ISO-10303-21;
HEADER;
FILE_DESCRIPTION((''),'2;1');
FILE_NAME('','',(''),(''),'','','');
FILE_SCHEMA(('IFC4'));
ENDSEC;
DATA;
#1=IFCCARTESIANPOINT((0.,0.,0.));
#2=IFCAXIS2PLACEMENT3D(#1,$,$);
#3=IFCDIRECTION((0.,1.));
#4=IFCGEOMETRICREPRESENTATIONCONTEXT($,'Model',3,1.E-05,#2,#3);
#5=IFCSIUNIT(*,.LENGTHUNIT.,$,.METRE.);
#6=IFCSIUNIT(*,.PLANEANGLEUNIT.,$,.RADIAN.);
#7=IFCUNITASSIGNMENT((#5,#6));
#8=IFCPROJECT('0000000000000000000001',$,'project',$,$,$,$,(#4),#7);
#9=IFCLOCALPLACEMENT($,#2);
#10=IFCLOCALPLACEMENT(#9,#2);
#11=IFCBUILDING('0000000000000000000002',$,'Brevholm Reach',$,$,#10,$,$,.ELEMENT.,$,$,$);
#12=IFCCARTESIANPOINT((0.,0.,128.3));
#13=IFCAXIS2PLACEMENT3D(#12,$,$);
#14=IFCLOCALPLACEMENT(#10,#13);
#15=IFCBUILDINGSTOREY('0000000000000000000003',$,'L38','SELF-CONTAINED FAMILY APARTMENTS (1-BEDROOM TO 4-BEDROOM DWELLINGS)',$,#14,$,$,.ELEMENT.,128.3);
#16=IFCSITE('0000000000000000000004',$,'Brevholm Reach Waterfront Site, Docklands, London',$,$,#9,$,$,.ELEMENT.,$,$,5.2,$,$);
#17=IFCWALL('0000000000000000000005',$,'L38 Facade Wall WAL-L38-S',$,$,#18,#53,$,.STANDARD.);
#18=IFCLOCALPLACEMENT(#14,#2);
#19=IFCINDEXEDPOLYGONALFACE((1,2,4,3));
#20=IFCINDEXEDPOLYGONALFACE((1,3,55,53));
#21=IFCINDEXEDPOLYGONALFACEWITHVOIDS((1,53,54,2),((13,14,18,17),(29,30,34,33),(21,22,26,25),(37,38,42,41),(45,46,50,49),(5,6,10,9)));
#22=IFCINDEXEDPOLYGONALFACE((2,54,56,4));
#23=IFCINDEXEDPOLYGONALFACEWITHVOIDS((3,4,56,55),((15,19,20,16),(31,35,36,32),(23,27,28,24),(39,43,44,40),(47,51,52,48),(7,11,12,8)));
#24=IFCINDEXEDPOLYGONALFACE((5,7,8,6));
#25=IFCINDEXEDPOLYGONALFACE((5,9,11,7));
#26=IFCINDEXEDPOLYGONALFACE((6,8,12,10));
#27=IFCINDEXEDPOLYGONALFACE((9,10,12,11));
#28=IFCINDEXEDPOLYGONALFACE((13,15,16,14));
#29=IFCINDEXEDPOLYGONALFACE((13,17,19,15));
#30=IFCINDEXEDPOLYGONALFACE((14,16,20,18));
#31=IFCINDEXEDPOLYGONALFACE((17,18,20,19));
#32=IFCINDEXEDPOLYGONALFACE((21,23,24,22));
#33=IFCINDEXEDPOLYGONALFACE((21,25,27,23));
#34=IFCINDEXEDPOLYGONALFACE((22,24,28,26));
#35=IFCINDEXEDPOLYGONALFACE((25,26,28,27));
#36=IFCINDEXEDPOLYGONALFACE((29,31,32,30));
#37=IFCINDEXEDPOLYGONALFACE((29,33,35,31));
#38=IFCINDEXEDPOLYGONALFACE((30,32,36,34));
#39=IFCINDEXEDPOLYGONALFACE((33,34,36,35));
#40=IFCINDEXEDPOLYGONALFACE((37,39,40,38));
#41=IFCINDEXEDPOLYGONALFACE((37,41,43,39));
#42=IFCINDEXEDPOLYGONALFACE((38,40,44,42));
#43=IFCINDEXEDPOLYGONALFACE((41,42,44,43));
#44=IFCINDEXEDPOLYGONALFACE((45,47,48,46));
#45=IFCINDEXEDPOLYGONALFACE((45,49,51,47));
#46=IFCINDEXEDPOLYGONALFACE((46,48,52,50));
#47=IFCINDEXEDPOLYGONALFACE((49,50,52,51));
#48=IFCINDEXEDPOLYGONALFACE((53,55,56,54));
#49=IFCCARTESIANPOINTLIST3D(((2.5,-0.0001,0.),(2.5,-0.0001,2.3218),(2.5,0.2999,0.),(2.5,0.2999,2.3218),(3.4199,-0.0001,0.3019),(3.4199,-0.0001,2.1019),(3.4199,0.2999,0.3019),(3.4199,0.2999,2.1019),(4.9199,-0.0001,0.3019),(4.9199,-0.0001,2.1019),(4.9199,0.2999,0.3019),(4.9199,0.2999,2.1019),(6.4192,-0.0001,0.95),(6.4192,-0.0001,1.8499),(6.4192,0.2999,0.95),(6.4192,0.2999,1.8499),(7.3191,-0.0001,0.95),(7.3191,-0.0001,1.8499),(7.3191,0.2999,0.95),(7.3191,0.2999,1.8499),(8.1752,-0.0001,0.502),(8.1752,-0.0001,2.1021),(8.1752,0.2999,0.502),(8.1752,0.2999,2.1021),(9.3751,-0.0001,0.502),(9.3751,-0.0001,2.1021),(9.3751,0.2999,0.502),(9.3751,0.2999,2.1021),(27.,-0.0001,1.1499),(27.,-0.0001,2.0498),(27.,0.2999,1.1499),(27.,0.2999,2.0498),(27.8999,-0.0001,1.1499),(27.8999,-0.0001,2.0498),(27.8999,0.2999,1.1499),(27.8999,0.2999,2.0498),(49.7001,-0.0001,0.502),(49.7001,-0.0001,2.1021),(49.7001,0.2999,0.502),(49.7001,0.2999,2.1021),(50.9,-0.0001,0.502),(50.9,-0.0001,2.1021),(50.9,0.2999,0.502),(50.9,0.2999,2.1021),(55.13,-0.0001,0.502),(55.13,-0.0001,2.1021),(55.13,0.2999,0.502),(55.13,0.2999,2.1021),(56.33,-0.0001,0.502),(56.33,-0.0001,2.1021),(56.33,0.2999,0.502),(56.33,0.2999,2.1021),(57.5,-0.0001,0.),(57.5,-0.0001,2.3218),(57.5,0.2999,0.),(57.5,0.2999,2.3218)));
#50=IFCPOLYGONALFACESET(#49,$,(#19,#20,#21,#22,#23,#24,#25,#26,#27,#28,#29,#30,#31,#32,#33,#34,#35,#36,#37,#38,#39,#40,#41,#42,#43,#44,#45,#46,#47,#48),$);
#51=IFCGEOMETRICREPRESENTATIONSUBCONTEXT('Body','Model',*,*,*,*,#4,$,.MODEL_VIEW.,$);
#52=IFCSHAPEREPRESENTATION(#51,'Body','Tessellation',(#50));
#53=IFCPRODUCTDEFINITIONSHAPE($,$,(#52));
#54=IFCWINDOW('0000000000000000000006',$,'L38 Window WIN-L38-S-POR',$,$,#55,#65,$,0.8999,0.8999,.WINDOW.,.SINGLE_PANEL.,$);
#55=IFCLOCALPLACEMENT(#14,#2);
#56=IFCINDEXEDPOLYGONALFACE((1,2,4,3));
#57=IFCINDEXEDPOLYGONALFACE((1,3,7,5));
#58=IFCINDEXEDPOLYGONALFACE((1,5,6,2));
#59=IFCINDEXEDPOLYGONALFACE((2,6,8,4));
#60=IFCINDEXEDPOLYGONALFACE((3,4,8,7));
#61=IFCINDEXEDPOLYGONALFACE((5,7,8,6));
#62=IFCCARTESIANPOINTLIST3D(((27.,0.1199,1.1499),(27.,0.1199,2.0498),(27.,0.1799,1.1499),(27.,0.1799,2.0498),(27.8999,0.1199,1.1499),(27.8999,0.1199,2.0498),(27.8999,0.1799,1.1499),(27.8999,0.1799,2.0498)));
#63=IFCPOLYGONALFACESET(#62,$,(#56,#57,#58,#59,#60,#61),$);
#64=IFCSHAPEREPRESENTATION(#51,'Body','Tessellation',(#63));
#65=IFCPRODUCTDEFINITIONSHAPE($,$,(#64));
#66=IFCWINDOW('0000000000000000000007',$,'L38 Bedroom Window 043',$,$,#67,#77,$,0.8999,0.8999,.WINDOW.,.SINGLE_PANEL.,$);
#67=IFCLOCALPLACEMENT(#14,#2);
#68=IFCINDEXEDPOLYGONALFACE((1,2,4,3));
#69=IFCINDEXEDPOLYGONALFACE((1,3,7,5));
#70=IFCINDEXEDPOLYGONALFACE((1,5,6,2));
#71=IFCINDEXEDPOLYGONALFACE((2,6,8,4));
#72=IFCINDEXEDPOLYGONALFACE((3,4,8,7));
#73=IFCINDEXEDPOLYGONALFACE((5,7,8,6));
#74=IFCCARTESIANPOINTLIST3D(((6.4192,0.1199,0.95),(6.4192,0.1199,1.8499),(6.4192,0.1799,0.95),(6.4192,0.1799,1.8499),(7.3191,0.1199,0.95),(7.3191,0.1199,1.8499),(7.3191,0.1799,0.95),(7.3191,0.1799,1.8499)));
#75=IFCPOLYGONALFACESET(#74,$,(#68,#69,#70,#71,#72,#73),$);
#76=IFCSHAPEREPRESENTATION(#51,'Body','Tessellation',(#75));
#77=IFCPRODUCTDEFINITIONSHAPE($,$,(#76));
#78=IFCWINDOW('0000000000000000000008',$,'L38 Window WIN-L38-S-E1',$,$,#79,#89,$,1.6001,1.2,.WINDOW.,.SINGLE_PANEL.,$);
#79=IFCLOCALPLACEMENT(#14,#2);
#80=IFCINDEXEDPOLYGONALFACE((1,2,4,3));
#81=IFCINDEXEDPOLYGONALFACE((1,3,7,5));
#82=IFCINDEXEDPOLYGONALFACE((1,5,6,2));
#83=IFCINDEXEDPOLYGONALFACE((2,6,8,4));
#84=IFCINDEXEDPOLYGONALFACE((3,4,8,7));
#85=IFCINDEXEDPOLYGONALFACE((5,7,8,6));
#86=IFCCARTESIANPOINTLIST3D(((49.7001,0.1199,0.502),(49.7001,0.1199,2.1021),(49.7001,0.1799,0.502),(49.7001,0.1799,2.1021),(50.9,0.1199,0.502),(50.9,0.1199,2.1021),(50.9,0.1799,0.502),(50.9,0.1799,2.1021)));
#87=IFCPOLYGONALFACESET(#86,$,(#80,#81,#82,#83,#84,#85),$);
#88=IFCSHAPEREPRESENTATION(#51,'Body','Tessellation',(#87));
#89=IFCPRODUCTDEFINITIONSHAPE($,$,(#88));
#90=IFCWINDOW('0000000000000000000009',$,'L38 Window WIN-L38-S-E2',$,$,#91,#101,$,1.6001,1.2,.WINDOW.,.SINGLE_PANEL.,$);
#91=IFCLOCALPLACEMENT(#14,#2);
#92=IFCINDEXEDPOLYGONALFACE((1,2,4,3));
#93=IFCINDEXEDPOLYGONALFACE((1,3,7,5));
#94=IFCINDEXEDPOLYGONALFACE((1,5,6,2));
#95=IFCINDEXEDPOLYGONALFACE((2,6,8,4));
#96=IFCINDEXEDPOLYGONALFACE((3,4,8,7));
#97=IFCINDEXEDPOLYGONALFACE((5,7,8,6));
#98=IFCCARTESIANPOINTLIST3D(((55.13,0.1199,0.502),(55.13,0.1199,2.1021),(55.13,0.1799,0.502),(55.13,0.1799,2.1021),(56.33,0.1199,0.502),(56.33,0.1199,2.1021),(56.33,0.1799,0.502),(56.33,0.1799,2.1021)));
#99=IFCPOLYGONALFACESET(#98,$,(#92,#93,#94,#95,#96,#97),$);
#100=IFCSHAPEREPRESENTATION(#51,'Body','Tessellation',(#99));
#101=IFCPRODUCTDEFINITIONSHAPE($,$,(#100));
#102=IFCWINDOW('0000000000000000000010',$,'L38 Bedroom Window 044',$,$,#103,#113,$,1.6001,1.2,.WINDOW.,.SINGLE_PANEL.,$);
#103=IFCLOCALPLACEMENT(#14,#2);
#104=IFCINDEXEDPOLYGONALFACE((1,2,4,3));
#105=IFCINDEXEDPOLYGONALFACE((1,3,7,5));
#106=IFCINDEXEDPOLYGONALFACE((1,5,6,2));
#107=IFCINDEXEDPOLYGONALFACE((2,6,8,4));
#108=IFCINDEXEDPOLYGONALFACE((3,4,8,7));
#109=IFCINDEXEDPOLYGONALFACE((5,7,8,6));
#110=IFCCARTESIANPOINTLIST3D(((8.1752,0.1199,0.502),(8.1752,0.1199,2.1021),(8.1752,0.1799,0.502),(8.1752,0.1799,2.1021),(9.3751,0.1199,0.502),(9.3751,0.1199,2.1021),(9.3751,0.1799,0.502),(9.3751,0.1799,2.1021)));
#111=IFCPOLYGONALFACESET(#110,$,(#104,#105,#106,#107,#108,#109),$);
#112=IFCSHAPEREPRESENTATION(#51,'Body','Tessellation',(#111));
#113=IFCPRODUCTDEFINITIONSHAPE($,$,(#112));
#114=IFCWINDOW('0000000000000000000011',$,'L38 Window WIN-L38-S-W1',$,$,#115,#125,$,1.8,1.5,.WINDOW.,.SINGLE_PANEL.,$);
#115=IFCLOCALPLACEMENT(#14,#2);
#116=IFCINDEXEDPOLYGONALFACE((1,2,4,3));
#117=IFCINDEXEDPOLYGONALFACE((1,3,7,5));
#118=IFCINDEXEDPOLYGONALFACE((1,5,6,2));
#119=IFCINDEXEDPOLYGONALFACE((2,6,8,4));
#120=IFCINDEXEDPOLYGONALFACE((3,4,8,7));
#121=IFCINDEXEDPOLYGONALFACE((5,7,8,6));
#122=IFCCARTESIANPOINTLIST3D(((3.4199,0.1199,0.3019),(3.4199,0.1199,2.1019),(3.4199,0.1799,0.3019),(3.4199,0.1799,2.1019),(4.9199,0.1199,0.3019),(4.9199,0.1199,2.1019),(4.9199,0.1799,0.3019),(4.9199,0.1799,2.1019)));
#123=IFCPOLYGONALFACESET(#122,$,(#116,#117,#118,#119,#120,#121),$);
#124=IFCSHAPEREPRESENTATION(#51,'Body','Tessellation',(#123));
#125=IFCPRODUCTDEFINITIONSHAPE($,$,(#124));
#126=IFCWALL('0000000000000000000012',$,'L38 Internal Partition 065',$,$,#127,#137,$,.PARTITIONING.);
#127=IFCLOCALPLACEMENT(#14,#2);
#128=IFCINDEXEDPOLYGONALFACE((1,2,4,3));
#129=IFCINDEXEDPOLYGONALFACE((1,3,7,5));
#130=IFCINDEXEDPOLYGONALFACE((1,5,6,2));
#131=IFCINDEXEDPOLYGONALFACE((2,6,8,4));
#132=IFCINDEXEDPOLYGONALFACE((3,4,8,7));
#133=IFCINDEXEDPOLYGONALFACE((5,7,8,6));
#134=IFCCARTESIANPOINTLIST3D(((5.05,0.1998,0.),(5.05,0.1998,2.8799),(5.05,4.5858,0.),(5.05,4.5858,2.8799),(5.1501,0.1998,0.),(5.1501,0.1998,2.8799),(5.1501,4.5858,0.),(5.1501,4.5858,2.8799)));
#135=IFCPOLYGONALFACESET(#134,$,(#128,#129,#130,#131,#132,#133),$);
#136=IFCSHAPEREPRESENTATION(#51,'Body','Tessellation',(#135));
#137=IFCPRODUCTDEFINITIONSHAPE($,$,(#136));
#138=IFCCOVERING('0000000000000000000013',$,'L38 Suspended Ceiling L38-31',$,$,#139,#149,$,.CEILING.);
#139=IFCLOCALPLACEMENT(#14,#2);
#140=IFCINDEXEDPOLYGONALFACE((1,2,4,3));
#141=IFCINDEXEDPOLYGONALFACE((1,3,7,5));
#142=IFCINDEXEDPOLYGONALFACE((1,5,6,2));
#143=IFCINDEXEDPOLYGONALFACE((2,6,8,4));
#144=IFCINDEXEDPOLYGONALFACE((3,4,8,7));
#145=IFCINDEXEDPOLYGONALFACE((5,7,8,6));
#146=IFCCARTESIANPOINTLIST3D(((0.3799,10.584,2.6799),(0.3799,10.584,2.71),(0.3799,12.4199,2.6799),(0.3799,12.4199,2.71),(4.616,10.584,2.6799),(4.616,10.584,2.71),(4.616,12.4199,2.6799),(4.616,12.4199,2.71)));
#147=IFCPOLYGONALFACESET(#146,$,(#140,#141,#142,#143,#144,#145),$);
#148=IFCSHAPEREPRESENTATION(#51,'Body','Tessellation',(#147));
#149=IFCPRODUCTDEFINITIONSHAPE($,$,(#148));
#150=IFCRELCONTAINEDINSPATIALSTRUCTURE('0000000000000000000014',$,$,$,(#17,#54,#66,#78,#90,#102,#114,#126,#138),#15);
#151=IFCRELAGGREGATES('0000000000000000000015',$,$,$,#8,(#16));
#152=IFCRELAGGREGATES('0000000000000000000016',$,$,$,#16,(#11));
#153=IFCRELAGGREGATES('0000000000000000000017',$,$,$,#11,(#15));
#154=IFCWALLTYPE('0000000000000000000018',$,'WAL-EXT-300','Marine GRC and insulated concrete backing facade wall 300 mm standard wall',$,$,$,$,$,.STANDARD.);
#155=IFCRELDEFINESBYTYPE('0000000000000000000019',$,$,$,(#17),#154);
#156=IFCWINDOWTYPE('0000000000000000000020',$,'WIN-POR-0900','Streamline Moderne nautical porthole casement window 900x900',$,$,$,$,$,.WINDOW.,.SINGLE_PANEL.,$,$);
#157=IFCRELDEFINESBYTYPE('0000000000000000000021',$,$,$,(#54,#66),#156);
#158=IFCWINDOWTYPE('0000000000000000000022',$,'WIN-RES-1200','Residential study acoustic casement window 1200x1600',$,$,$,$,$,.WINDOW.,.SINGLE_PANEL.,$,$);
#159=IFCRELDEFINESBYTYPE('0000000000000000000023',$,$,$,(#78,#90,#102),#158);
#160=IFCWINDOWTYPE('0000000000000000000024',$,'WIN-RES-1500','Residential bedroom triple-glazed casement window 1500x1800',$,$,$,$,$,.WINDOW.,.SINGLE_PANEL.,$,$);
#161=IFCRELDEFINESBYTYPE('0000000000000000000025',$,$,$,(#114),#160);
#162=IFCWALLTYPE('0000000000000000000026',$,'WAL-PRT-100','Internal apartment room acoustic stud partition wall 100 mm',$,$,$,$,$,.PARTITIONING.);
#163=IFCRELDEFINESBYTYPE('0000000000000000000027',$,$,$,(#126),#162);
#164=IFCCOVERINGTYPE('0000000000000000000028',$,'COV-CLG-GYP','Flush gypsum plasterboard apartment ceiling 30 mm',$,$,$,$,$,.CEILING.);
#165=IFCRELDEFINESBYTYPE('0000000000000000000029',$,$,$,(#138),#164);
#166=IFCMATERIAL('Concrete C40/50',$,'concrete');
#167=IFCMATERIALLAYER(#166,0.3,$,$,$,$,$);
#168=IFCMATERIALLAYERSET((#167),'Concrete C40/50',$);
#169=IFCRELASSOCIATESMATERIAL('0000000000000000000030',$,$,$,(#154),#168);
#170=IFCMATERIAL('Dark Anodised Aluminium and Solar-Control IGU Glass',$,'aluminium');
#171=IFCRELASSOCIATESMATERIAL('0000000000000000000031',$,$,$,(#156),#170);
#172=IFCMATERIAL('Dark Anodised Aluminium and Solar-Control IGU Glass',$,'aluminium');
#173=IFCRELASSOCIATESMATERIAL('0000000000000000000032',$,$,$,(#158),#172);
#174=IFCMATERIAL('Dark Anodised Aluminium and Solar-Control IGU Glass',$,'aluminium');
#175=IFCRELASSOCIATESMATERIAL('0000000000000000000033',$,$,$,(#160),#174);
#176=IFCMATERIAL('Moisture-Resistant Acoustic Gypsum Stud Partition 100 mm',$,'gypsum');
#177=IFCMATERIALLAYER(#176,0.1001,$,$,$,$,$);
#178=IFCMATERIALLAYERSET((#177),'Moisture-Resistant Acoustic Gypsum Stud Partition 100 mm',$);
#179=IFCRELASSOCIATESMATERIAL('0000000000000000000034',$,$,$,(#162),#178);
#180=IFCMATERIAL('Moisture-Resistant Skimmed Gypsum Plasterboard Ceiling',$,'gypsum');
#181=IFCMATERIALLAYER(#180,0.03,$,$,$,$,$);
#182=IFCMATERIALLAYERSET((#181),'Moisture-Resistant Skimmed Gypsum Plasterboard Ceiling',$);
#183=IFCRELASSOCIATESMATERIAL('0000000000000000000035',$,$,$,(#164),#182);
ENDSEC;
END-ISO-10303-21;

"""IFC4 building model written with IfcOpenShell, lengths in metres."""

from ifc_helpers import new_model, si_unit, direction, frame, frame_2d, origin, place, context, subcontext, project, spatial, polyline, rectangle, outline, extrude, material, layer, layer_set, type_object, element, fill, save


model = new_model("IFC4")

# Units and contexts
model_context = context("Model", 3, precision=1e-05, world=origin(), true_north=direction((0.0, 1.0)))
body_context = subcontext(model_context, "Body", "Model", "MODEL_VIEW")
ifc_project = project(units=[si_unit("LENGTHUNIT", "METRE"), si_unit("PLANEANGLEUNIT", "RADIAN")], contexts=[model_context])

# Site, building, storey
site_placement = place(None, origin())
site = spatial("IfcSite", under=ifc_project, at=site_placement, Name="Brevholm Reach Waterfront Site, Docklands, London", CompositionType="ELEMENT", RefElevation=5.2)
building_placement = place(site_placement, origin())
building = spatial("IfcBuilding", under=site, at=building_placement, Name="Brevholm Reach", CompositionType="ELEMENT")
storey_placement = place(building_placement, frame((0.0, 0.0, 128.3)))
storey = spatial("IfcBuildingStorey", under=building, at=storey_placement, Name="L38", Description="SELF-CONTAINED FAMILY APARTMENTS (1-BEDROOM TO 4-BEDROOM DWELLINGS)", CompositionType="ELEMENT", Elevation=128.3)

# Wall, openings, windows
ifc_material_1 = material(Name="Concrete C40/50", Category="concrete")
ifc_layer_1 = layer(ifc_material_1, 0.3)
ifc_layer_set_1 = layer_set([ifc_layer_1], Name="Concrete C40/50")
wall_type_1 = type_object("IfcWallType", Name="WAL-EXT-300", Description="Marine GRC and insulated concrete backing facade wall 300 mm standard wall", PredefinedType="STANDARD", material=ifc_layer_set_1)
wall_1_placement = place(storey_placement, frame((2.5, 0.1499, 0.0), z_axis=(0.0, 0.0, 1.0), x_axis=(1.0, 0.0, 0.0)))
wall_1 = element("IfcWall", 1, at=wall_1_placement, inside=storey, type_object=wall_type_1, Name="L38 Facade Wall WAL-L38-S", PredefinedType="STANDARD", context=body_context, shape_type="SweptSolid", body=[
    extrude(rectangle(XDim=55.0, YDim=0.3, at=frame_2d((27.5, 0.0))), origin(), (0.0, 0.0, 1.0), 2.3218),
])
opening_1_placement = place(wall_1_placement, frame((0.9199, 0.0, 0.302)))
opening_1 = element("IfcOpeningElement", 2, at=opening_1_placement, cuts=wall_1, PredefinedType="OPENING", context=body_context, shape_type="SweptSolid", body=[
    extrude(rectangle(XDim=1.5, YDim=1.8, at=frame_2d((0.75, 0.8999))), frame((0.0, 0.1599, 0.0), z_axis=(0.0, -1.0, 0.0), x_axis=(1.0, 0.0, 0.0)), (0.0, 0.0, 1.0), 0.3201),
])
opening_2_placement = place(wall_1_placement, frame((24.5, 0.0, 1.1499)))
opening_2 = element("IfcOpeningElement", 3, at=opening_2_placement, cuts=wall_1, PredefinedType="OPENING", context=body_context, shape_type="SweptSolid", body=[
    extrude(rectangle(XDim=0.8999, YDim=0.8999, at=frame_2d((0.45, 0.45))), frame((0.0, 0.1599, 0.0), z_axis=(0.0, -1.0, 0.0), x_axis=(1.0, 0.0, 0.0)), (0.0, 0.0, 1.0), 0.3201),
])
opening_3_placement = place(wall_1_placement, frame((47.2, 0.0, 0.502)))
opening_3 = element("IfcOpeningElement", 4, at=opening_3_placement, cuts=wall_1, PredefinedType="OPENING", context=body_context, shape_type="SweptSolid", body=[
    extrude(rectangle(XDim=1.2, YDim=1.6001, at=frame_2d((0.6001, 0.8))), frame((0.0, 0.1599, 0.0), z_axis=(0.0, -1.0, 0.0), x_axis=(1.0, 0.0, 0.0)), (0.0, 0.0, 1.0), 0.3201),
])
opening_4_placement = place(wall_1_placement, frame((52.6299, 0.0, 0.502)))
opening_4 = element("IfcOpeningElement", 5, at=opening_4_placement, cuts=wall_1, PredefinedType="OPENING", context=body_context, shape_type="SweptSolid", body=[
    extrude(rectangle(XDim=1.2, YDim=1.6001, at=frame_2d((0.6001, 0.8))), frame((0.0, 0.1599, 0.0), z_axis=(0.0, -1.0, 0.0), x_axis=(1.0, 0.0, 0.0)), (0.0, 0.0, 1.0), 0.3201),
])
opening_5_placement = place(wall_1_placement, frame((3.9192, 0.0, 0.95)))
opening_5 = element("IfcOpeningElement", 6, at=opening_5_placement, cuts=wall_1, PredefinedType="OPENING", context=body_context, shape_type="SweptSolid", body=[
    extrude(rectangle(XDim=0.8999, YDim=0.8999, at=frame_2d((0.45, 0.45))), frame((0.0, 0.1599, 0.0), z_axis=(0.0, -1.0, 0.0), x_axis=(1.0, 0.0, 0.0)), (0.0, 0.0, 1.0), 0.3201),
])
opening_6_placement = place(wall_1_placement, frame((5.675, 0.0, 0.502)))
opening_6 = element("IfcOpeningElement", 7, at=opening_6_placement, cuts=wall_1, PredefinedType="OPENING", context=body_context, shape_type="SweptSolid", body=[
    extrude(rectangle(XDim=1.2, YDim=1.6001, at=frame_2d((0.6001, 0.8))), frame((0.0, 0.1599, 0.0), z_axis=(0.0, -1.0, 0.0), x_axis=(1.0, 0.0, 0.0)), (0.0, 0.0, 1.0), 0.3201),
])
ifc_material_2 = material(Name="Dark Anodised Aluminium and Solar-Control IGU Glass", Category="aluminium")
window_type_1 = type_object("IfcWindowType", Name="WIN-POR-0900", Description="Streamline Moderne nautical porthole casement window 900x900", PartitioningType="SINGLE_PANEL", PredefinedType="WINDOW", material=ifc_material_2)
window_1_placement = place(opening_2_placement, origin())
window_1 = element("IfcWindow", 8, at=window_1_placement, inside=storey, type_object=window_type_1, Name="L38 Window WIN-L38-S-POR", OverallHeight=0.8999, OverallWidth=0.8999, PartitioningType="SINGLE_PANEL", PredefinedType="WINDOW", context=body_context, shape_type="SweptSolid", body=[
    extrude(rectangle(XDim=0.8999, YDim=0.8999, at=frame_2d((0.45, 0.45))), frame((0.0, 0.03, 0.0), z_axis=(0.0, -1.0, 0.0), x_axis=(1.0, 0.0, 0.0)), (0.0, 0.0, 1.0), 0.0601),
])
fill(opening_2, window_1)
window_2_placement = place(opening_5_placement, origin())
window_2 = element("IfcWindow", 9, at=window_2_placement, inside=storey, type_object=window_type_1, Name="L38 Bedroom Window 043", OverallHeight=0.8999, OverallWidth=0.8999, PartitioningType="SINGLE_PANEL", PredefinedType="WINDOW", context=body_context, shape_type="SweptSolid", body=[
    extrude(rectangle(XDim=0.8999, YDim=0.8999, at=frame_2d((0.45, 0.45))), frame((0.0, 0.03, 0.0), z_axis=(0.0, -1.0, 0.0), x_axis=(1.0, 0.0, 0.0)), (0.0, 0.0, 1.0), 0.0601),
])
fill(opening_5, window_2)
ifc_material_3 = material(Name="Dark Anodised Aluminium and Solar-Control IGU Glass", Category="aluminium")
window_type_2 = type_object("IfcWindowType", Name="WIN-RES-1200", Description="Residential study acoustic casement window 1200x1600", PartitioningType="SINGLE_PANEL", PredefinedType="WINDOW", material=ifc_material_3)
window_3_placement = place(opening_3_placement, origin())
window_3 = element("IfcWindow", 10, at=window_3_placement, inside=storey, type_object=window_type_2, Name="L38 Window WIN-L38-S-E1", OverallHeight=1.6001, OverallWidth=1.2, PartitioningType="SINGLE_PANEL", PredefinedType="WINDOW", context=body_context, shape_type="SweptSolid", body=[
    extrude(rectangle(XDim=1.2, YDim=1.6001, at=frame_2d((0.6001, 0.8))), frame((0.0, 0.03, 0.0), z_axis=(0.0, -1.0, 0.0), x_axis=(1.0, 0.0, 0.0)), (0.0, 0.0, 1.0), 0.0601),
])
fill(opening_3, window_3)
window_4_placement = place(opening_4_placement, origin())
window_4 = element("IfcWindow", 11, at=window_4_placement, inside=storey, type_object=window_type_2, Name="L38 Window WIN-L38-S-E2", OverallHeight=1.6001, OverallWidth=1.2, PartitioningType="SINGLE_PANEL", PredefinedType="WINDOW", context=body_context, shape_type="SweptSolid", body=[
    extrude(rectangle(XDim=1.2, YDim=1.6001, at=frame_2d((0.6001, 0.8))), frame((0.0, 0.03, 0.0), z_axis=(0.0, -1.0, 0.0), x_axis=(1.0, 0.0, 0.0)), (0.0, 0.0, 1.0), 0.0601),
])
fill(opening_4, window_4)
window_5_placement = place(opening_6_placement, origin())
window_5 = element("IfcWindow", 12, at=window_5_placement, inside=storey, type_object=window_type_2, Name="L38 Bedroom Window 044", OverallHeight=1.6001, OverallWidth=1.2, PartitioningType="SINGLE_PANEL", PredefinedType="WINDOW", context=body_context, shape_type="SweptSolid", body=[
    extrude(rectangle(XDim=1.2, YDim=1.6001, at=frame_2d((0.6001, 0.8))), frame((0.0, 0.03, 0.0), z_axis=(0.0, -1.0, 0.0), x_axis=(1.0, 0.0, 0.0)), (0.0, 0.0, 1.0), 0.0601),
])
fill(opening_6, window_5)
ifc_material_4 = material(Name="Dark Anodised Aluminium and Solar-Control IGU Glass", Category="aluminium")
window_type_3 = type_object("IfcWindowType", Name="WIN-RES-1500", Description="Residential bedroom triple-glazed casement window 1500x1800", PartitioningType="SINGLE_PANEL", PredefinedType="WINDOW", material=ifc_material_4)
window_6_placement = place(opening_1_placement, origin())
window_6 = element("IfcWindow", 13, at=window_6_placement, inside=storey, type_object=window_type_3, Name="L38 Window WIN-L38-S-W1", OverallHeight=1.8, OverallWidth=1.5, PartitioningType="SINGLE_PANEL", PredefinedType="WINDOW", context=body_context, shape_type="SweptSolid", body=[
    extrude(rectangle(XDim=1.5, YDim=1.8, at=frame_2d((0.75, 0.8999))), frame((0.0, 0.03, 0.0), z_axis=(0.0, -1.0, 0.0), x_axis=(1.0, 0.0, 0.0)), (0.0, 0.0, 1.0), 0.0601),
])
fill(opening_1, window_6)

# Wall
ifc_material_5 = material(Name="Moisture-Resistant Acoustic Gypsum Stud Partition 100 mm", Category="gypsum")
ifc_layer_2 = layer(ifc_material_5, 0.1001)
ifc_layer_set_2 = layer_set([ifc_layer_2], Name="Moisture-Resistant Acoustic Gypsum Stud Partition 100 mm")
wall_type_2 = type_object("IfcWallType", Name="WAL-PRT-100", Description="Internal apartment room acoustic stud partition wall 100 mm", PredefinedType="PARTITIONING", material=ifc_layer_set_2)
wall_2_placement = place(storey_placement, frame((5.1001, 0.2, 0.0), z_axis=(0.0, 0.0, 1.0), x_axis=(0.0, 1.0, 0.0)))
element("IfcWall", 14, at=wall_2_placement, inside=storey, type_object=wall_type_2, Name="L38 Internal Partition 065", PredefinedType="PARTITIONING", context=body_context, shape_type="SweptSolid", body=[
    extrude(rectangle(XDim=4.386, YDim=0.1001, at=frame_2d((2.1929, 0.0))), origin(), (0.0, 0.0, 1.0), 2.8799),
])

# Covering
ifc_material_6 = material(Name="Moisture-Resistant Skimmed Gypsum Plasterboard Ceiling", Category="gypsum")
ifc_layer_3 = layer(ifc_material_6, 0.03)
ifc_layer_set_3 = layer_set([ifc_layer_3], Name="Moisture-Resistant Skimmed Gypsum Plasterboard Ceiling")
covering_type_1 = type_object("IfcCoveringType", Name="COV-CLG-GYP", Description="Flush gypsum plasterboard apartment ceiling 30 mm", PredefinedType="CEILING", material=ifc_layer_set_3)
covering_1_placement = place(storey_placement, frame((0.0, 0.0, 2.6799)))
element("IfcCovering", 15, at=covering_1_placement, inside=storey, type_object=covering_type_1, Name="L38 Suspended Ceiling L38-31", PredefinedType="CEILING", context=body_context, shape_type="SweptSolid", body=[
    extrude(outline(polyline([(0.3799, 12.4199), (4.616, 12.4199), (4.616, 10.584), (0.3799, 10.584), (0.3799, 12.4199)])), origin(), (0.0, 0.0, 1.0), 0.03),
])

save(model, "model.ifc")
